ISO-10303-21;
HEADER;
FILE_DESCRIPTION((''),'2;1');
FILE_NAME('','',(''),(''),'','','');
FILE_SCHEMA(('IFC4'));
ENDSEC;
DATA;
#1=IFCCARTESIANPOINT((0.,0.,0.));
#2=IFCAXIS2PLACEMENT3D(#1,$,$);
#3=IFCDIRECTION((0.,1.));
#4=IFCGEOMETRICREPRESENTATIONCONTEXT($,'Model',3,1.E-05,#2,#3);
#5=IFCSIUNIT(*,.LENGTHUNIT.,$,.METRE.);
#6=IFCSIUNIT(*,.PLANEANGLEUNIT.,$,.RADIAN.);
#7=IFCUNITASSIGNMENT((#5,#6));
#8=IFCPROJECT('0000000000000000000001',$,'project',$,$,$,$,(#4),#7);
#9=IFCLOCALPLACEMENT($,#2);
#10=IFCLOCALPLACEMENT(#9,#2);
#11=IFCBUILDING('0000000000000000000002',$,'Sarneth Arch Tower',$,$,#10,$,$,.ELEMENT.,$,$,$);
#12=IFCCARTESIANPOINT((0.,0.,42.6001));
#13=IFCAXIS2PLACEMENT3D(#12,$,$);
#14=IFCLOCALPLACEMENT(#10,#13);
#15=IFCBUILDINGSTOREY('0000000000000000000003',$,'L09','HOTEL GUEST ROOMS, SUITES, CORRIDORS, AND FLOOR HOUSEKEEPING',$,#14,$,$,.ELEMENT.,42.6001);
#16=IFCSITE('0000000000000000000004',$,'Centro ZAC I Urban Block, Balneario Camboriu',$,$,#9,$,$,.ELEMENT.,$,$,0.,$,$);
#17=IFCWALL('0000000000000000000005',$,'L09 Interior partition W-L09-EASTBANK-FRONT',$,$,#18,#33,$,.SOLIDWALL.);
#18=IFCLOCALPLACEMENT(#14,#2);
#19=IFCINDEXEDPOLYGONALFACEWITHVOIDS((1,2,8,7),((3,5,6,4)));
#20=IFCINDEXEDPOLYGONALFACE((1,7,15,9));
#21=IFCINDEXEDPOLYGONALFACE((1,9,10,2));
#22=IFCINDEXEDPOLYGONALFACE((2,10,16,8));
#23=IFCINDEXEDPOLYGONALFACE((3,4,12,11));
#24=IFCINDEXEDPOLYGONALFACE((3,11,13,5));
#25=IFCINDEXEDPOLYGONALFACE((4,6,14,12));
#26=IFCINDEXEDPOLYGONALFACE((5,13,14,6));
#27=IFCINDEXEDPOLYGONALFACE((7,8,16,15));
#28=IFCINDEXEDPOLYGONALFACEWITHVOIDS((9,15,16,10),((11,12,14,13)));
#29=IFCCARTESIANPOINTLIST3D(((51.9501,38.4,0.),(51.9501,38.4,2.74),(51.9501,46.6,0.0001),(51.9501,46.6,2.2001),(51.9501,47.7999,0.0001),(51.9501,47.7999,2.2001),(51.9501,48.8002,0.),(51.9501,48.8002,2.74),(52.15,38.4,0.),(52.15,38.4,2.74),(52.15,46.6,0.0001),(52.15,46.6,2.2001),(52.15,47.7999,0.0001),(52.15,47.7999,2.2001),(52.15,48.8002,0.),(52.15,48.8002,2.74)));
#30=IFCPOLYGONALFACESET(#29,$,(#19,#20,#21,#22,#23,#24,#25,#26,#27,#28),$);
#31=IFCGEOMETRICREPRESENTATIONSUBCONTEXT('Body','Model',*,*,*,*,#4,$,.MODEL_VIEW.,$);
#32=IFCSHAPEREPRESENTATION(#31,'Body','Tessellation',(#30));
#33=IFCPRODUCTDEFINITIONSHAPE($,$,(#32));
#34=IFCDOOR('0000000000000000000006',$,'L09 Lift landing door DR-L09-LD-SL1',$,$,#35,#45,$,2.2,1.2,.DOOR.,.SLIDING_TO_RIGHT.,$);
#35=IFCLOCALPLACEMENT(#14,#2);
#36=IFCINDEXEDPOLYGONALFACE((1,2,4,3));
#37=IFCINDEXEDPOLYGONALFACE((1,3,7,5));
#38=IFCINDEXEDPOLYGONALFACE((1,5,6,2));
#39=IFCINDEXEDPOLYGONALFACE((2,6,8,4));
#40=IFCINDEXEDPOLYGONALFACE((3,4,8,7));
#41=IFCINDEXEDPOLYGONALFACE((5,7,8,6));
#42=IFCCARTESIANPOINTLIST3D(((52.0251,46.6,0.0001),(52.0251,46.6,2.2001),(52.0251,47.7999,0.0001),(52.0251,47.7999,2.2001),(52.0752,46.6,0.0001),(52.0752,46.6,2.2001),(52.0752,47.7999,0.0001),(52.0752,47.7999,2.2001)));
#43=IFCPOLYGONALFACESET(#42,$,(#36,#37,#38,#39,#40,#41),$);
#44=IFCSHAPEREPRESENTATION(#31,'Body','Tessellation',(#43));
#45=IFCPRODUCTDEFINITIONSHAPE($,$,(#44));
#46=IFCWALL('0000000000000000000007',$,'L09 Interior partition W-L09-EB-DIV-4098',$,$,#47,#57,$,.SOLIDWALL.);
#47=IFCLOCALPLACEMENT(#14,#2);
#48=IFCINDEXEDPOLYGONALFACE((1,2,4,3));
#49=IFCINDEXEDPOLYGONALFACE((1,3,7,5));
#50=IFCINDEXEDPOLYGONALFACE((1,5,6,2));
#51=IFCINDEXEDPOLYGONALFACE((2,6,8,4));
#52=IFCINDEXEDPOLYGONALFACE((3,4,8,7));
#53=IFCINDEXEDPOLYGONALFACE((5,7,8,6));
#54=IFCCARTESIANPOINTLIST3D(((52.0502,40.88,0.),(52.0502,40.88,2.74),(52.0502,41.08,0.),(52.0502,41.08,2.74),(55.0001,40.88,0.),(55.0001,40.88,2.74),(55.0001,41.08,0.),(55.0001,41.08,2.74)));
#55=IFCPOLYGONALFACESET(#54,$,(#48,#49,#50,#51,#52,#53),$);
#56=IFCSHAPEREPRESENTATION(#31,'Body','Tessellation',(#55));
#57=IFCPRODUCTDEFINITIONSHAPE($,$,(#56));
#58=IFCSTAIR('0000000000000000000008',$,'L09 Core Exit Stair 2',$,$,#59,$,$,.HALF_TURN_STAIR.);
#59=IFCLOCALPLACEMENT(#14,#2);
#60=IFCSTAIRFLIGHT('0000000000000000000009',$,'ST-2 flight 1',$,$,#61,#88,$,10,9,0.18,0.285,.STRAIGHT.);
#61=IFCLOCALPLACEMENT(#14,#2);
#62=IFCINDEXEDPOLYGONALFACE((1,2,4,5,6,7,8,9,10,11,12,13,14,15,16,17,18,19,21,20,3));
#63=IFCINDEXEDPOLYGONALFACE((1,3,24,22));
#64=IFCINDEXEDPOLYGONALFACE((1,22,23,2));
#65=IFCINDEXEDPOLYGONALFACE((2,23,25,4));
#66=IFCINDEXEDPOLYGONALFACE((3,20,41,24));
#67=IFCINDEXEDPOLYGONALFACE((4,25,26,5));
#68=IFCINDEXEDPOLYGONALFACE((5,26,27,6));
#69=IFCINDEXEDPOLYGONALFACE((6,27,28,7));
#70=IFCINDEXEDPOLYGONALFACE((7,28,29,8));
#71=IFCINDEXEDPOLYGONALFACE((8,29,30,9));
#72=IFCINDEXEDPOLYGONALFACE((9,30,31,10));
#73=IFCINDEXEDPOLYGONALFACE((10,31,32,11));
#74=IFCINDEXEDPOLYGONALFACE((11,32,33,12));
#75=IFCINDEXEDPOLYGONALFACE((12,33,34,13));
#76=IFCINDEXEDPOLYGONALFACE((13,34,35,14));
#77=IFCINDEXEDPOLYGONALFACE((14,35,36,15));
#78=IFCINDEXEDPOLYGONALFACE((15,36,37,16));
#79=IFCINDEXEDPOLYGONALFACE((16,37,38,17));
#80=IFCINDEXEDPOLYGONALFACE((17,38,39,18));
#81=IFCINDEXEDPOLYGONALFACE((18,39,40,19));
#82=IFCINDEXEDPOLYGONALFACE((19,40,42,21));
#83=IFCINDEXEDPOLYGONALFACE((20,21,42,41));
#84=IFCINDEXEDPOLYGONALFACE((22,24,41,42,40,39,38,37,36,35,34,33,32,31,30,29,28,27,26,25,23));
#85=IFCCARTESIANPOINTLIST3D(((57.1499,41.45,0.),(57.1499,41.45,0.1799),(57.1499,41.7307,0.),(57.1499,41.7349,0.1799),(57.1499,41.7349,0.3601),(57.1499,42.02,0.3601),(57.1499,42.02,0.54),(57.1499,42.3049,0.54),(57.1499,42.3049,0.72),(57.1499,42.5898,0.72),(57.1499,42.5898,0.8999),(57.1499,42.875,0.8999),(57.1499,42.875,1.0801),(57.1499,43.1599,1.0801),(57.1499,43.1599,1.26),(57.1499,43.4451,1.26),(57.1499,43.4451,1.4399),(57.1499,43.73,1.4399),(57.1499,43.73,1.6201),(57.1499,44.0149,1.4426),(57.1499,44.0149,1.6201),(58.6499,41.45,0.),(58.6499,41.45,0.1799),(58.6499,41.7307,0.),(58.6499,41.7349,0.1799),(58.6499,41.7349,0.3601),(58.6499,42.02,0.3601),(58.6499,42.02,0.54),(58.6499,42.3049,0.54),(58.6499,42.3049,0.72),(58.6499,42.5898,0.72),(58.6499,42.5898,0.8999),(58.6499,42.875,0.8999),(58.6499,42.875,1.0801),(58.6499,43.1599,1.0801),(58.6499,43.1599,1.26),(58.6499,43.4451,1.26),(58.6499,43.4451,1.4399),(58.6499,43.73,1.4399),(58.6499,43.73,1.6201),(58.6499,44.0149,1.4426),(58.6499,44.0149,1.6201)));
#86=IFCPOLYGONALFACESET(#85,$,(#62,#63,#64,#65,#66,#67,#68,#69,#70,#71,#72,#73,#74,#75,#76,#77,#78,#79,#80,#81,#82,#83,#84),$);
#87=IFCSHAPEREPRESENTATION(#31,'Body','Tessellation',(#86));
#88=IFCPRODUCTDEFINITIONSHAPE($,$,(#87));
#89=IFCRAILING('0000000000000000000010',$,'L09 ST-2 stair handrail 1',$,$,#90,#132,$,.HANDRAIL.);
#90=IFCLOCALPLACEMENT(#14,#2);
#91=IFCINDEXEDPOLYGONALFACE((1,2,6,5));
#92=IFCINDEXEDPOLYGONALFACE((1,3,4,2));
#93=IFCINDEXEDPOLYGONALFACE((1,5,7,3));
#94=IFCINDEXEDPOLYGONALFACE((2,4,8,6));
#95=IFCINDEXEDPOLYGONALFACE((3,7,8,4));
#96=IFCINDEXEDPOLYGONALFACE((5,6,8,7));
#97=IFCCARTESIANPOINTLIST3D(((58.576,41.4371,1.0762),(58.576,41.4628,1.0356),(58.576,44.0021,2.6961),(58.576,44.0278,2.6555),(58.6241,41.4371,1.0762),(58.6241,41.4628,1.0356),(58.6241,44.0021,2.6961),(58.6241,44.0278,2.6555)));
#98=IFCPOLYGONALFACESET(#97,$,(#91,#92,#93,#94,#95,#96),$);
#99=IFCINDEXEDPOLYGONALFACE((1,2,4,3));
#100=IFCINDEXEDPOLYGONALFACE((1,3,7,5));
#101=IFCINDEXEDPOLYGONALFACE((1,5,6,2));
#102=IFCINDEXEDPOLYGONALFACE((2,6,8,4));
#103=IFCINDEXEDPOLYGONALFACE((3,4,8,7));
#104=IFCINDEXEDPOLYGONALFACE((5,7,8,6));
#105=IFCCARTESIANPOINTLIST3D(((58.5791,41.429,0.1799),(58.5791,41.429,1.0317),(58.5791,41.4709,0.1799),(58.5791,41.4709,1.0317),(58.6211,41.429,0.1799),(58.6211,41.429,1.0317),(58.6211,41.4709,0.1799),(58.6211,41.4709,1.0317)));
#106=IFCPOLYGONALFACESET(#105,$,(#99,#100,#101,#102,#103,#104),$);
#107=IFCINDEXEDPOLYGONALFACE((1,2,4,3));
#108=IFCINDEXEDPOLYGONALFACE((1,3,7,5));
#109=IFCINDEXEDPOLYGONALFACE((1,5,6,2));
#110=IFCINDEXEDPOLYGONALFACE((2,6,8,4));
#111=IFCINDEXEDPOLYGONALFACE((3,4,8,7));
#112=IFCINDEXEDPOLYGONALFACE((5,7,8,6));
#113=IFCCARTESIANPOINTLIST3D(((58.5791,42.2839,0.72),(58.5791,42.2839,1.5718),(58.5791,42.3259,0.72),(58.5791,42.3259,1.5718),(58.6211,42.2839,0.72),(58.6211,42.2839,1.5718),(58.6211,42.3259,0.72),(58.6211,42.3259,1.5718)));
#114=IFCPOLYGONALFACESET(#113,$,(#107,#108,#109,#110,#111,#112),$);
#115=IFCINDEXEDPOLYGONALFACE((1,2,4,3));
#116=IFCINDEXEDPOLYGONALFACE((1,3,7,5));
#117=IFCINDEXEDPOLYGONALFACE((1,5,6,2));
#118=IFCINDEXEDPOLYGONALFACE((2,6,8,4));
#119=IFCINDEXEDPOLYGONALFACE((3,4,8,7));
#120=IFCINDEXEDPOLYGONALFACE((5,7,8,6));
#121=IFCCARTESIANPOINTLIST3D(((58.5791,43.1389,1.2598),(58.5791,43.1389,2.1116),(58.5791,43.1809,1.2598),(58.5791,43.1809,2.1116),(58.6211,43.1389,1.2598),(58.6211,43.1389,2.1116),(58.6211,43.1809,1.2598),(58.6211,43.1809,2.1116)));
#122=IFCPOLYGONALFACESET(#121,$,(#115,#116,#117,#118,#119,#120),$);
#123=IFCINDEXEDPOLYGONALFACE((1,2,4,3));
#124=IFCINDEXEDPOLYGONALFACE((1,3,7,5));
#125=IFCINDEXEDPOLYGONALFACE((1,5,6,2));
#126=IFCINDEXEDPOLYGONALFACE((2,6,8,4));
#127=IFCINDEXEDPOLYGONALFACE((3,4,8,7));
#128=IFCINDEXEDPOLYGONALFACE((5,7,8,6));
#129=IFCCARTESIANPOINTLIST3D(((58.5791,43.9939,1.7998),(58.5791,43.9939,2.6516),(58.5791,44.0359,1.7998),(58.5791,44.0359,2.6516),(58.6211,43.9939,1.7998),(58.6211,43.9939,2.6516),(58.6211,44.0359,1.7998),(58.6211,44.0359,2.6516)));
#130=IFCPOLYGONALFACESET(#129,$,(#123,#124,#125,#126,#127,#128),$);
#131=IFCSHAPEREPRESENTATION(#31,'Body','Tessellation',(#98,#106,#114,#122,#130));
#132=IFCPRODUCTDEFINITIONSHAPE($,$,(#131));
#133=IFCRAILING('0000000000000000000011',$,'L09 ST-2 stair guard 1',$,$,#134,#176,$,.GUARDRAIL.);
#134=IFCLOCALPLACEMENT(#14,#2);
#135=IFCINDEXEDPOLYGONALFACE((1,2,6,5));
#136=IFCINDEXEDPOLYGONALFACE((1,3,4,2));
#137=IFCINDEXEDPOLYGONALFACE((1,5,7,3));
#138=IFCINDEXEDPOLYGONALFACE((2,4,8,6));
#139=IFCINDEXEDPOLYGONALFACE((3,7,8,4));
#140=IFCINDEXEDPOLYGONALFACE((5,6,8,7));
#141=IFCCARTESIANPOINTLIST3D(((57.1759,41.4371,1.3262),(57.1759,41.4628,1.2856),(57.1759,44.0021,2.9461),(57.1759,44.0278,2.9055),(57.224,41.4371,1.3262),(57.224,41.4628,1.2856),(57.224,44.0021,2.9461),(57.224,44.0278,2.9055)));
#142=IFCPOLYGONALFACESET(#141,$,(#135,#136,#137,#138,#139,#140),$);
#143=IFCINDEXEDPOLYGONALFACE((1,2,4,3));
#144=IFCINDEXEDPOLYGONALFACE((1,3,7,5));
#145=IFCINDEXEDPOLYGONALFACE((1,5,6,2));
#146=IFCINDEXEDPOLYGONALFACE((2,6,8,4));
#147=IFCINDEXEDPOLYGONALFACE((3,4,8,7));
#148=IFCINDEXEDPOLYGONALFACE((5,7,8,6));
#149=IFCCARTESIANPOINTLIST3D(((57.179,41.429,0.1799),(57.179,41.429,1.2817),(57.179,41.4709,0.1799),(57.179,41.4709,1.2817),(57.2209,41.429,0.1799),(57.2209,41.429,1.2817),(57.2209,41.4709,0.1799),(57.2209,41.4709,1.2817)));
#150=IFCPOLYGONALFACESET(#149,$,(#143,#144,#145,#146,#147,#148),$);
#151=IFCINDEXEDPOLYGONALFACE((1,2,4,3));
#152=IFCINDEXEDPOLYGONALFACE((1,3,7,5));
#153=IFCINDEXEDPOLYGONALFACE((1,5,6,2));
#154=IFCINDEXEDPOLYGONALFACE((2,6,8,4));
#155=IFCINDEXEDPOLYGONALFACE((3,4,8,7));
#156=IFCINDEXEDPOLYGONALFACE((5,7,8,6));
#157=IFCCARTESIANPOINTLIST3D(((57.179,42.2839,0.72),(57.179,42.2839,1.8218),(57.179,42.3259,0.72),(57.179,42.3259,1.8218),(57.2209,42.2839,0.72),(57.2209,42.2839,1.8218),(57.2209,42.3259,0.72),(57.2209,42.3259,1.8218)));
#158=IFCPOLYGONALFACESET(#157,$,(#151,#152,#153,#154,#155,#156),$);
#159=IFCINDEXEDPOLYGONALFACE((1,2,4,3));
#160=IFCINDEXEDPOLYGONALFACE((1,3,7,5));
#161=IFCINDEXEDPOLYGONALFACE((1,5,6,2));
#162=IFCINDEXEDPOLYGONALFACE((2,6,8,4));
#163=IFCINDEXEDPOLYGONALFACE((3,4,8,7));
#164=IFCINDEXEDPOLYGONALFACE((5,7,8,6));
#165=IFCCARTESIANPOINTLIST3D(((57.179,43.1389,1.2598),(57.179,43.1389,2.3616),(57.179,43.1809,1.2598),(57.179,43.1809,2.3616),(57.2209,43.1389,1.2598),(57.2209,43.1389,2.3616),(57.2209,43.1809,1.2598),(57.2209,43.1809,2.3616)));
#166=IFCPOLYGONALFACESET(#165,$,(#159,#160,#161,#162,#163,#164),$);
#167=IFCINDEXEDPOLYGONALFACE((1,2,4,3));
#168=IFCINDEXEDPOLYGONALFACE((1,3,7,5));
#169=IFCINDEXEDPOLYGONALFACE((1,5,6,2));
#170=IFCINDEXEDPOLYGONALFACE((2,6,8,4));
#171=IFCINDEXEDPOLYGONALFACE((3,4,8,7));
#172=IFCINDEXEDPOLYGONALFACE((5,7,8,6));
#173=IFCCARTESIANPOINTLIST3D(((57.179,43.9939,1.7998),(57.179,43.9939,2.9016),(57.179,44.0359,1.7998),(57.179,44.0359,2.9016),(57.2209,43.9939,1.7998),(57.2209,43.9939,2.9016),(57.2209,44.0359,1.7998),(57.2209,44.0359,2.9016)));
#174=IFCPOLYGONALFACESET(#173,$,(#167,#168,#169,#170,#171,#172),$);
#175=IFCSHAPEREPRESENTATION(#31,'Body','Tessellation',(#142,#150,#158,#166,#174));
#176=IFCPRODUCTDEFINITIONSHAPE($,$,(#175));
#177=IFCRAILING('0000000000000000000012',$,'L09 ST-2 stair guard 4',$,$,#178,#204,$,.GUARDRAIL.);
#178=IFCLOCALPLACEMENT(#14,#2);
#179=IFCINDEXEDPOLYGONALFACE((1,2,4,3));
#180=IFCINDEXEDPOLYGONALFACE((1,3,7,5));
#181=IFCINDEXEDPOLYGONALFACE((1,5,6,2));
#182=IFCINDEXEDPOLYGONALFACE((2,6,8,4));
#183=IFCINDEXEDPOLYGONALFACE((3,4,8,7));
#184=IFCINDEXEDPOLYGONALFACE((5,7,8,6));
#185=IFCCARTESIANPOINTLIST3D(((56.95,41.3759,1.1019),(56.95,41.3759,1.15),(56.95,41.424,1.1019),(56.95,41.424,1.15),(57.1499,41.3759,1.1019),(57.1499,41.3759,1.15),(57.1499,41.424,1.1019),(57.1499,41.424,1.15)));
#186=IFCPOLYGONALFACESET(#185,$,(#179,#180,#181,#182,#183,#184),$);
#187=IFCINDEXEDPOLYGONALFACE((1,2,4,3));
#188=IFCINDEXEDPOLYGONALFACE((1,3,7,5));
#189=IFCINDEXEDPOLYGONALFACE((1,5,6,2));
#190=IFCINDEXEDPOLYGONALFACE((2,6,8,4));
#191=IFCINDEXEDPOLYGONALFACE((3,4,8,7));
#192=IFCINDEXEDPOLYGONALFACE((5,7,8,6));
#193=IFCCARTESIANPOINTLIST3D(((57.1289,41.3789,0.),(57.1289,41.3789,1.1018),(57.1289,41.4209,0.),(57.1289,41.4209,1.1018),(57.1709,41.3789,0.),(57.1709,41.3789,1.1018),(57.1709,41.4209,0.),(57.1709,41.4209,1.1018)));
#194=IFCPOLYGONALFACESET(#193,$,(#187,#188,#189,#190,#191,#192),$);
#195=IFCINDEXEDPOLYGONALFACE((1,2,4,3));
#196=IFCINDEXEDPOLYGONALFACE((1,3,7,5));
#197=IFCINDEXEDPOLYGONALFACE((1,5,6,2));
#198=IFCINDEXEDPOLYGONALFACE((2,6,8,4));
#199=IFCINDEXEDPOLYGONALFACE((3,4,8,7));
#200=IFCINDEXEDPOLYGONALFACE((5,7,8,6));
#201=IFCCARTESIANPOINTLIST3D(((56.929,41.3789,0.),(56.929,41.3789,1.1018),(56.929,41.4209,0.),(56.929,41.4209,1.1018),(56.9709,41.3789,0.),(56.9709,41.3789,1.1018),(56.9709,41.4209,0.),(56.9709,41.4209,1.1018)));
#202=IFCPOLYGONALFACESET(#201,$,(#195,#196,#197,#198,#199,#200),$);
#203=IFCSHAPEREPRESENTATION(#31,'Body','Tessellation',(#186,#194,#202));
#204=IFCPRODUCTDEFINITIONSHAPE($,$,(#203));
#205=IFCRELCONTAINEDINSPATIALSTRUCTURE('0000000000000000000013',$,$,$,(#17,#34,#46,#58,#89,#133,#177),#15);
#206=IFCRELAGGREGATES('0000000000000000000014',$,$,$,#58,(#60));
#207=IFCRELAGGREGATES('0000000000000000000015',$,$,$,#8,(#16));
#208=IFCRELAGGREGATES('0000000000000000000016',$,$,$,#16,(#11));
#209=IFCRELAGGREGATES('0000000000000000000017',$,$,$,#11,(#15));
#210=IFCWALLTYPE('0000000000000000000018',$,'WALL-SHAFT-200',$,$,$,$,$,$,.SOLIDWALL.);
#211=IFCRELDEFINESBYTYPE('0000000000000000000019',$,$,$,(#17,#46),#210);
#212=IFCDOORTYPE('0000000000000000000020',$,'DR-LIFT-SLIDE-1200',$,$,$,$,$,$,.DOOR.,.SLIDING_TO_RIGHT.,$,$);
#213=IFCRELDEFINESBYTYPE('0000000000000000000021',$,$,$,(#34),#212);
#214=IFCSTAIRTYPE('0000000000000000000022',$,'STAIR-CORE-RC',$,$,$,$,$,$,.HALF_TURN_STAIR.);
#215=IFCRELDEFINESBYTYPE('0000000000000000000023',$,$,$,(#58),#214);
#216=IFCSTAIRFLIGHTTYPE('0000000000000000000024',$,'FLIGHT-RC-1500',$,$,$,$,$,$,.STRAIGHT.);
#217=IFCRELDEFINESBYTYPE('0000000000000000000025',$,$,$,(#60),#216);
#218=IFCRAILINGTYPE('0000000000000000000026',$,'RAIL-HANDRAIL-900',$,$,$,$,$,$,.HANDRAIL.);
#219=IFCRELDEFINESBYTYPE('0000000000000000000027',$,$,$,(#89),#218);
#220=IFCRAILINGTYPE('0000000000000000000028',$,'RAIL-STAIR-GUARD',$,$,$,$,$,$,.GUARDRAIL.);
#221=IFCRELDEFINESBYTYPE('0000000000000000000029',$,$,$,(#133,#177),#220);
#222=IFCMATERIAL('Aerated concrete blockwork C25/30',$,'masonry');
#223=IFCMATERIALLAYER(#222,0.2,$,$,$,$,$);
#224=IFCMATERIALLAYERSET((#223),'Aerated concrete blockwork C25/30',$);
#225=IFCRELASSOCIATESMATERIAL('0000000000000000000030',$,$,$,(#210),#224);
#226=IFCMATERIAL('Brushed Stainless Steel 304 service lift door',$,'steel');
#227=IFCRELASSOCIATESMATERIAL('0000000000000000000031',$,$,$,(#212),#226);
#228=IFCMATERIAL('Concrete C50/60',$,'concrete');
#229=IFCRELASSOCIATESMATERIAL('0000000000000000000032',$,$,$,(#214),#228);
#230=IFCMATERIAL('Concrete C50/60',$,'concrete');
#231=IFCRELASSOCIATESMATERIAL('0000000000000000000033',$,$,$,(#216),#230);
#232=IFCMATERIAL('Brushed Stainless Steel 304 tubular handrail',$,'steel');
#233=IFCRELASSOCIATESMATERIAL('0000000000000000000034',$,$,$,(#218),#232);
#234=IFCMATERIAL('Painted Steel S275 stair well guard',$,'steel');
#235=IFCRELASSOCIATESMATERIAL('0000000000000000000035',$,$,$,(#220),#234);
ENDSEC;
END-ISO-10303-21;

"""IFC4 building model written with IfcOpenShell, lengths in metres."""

from ifc_helpers import new_model, si_unit, direction, frame, frame_2d, origin, origin_2d, place, context, subcontext, project, spatial, polyline, rectangle, outline, extrude, material, layer, layer_set, type_object, element, fill, aggregate, save


model = new_model("IFC4")

# Units and contexts
model_context = context("Model", 3, precision=1e-05, world=origin(), true_north=direction((0.0, 1.0)))
body_context = subcontext(model_context, "Body", "Model", "MODEL_VIEW")
ifc_project = project(units=[si_unit("LENGTHUNIT", "METRE"), si_unit("PLANEANGLEUNIT", "RADIAN")], contexts=[model_context])

# Site, building, storey
site_placement = place(None, origin())
site = spatial("IfcSite", under=ifc_project, at=site_placement, Name="Centro ZAC I Urban Block, Balneario Camboriu", CompositionType="ELEMENT", RefElevation=0.0)
building_placement = place(site_placement, origin())
building = spatial("IfcBuilding", under=site, at=building_placement, Name="Sarneth Arch Tower", CompositionType="ELEMENT")
storey_placement = place(building_placement, frame((0.0, 0.0, 42.6001)))
storey = spatial("IfcBuildingStorey", under=building, at=storey_placement, Name="L09", Description="HOTEL GUEST ROOMS, SUITES, CORRIDORS, AND FLOOR HOUSEKEEPING", CompositionType="ELEMENT", Elevation=42.6001)

# Shared definitions
ifc_material_1 = material(Name="Aerated concrete blockwork C25/30", Category="masonry")
ifc_layer_1 = layer(ifc_material_1, 0.2)
ifc_layer_set_1 = layer_set([ifc_layer_1], Name="Aerated concrete blockwork C25/30")
wall_type_1 = type_object("IfcWallType", Name="WALL-SHAFT-200", PredefinedType="SOLIDWALL", material=ifc_layer_set_1)

# Wall, opening, door
wall_1_placement = place(storey_placement, frame((52.05, 38.3999, 0.0), z_axis=(0.0, 0.0, 1.0), x_axis=(0.0, 1.0, 0.0)))
wall_1 = element("IfcWall", 1, at=wall_1_placement, inside=storey, type_object=wall_type_1, Name="L09 Interior partition W-L09-EASTBANK-FRONT", PredefinedType="SOLIDWALL", context=body_context, shape_type="SweptSolid", body=[
    extrude(rectangle(XDim=10.4001, YDim=0.2, at=frame_2d((5.2002, 0.0))), origin(), (0.0, 0.0, 1.0), 2.74),
])
opening_1_placement = place(wall_1_placement, frame((8.2, 0.0, 0.0)))
opening_1 = element("IfcOpeningElement", 2, at=opening_1_placement, cuts=wall_1, PredefinedType="OPENING", context=body_context, shape_type="SweptSolid", body=[
    extrude(rectangle(XDim=1.2, YDim=2.2, at=frame_2d((0.6001, 1.1001))), frame((0.0, 0.1099, 0.0), z_axis=(0.0, -1.0, 0.0), x_axis=(1.0, 0.0, 0.0)), (0.0, 0.0, 1.0), 0.22),
])
ifc_material_2 = material(Name="Brushed Stainless Steel 304 service lift door", Category="steel")
door_type_1 = type_object("IfcDoorType", Name="DR-LIFT-SLIDE-1200", OperationType="SLIDING_TO_RIGHT", PredefinedType="DOOR", material=ifc_material_2)
door_1_placement = place(opening_1_placement, origin())
door_1 = element("IfcDoor", 3, at=door_1_placement, inside=storey, type_object=door_type_1, Name="L09 Lift landing door DR-L09-LD-SL1", OperationType="SLIDING_TO_RIGHT", OverallHeight=2.2, OverallWidth=1.2, PredefinedType="DOOR", context=body_context, shape_type="SweptSolid", body=[
    extrude(rectangle(XDim=1.2, YDim=2.2, at=frame_2d((0.6001, 1.1001))), frame((0.0, 0.0249, 0.0), z_axis=(0.0, -1.0, 0.0), x_axis=(1.0, 0.0, 0.0)), (0.0, 0.0, 1.0), 0.05),
])
fill(opening_1, door_1)

# Wall
wall_2_placement = place(storey_placement, frame((52.05, 40.98, 0.0), z_axis=(0.0, 0.0, 1.0), x_axis=(1.0, 0.0, 0.0)))
element("IfcWall", 4, at=wall_2_placement, inside=storey, type_object=wall_type_1, Name="L09 Interior partition W-L09-EB-DIV-4098", PredefinedType="SOLIDWALL", context=body_context, shape_type="SweptSolid", body=[
    extrude(rectangle(XDim=2.95, YDim=0.2, at=frame_2d((1.4751, 0.0))), origin(), (0.0, 0.0, 1.0), 2.74),
])

# Stair, stair flight
ifc_material_3 = material(Name="Concrete C50/60", Category="concrete")
stair_type = type_object("IfcStairType", Name="STAIR-CORE-RC", PredefinedType="HALF_TURN_STAIR", material=ifc_material_3)
stair_placement = place(storey_placement, origin())
stair = element("IfcStair", 5, at=stair_placement, inside=storey, type_object=stair_type, Name="L09 Core Exit Stair 2", PredefinedType="HALF_TURN_STAIR")
ifc_material_4 = material(Name="Concrete C50/60", Category="concrete")
stair_flight_type = type_object("IfcStairFlightType", Name="FLIGHT-RC-1500", PredefinedType="STRAIGHT", material=ifc_material_4)
stair_flight_placement = place(storey_placement, frame((57.8999, 41.45, 0.0), z_axis=(0.0, 0.0, 1.0), x_axis=(0.0, 1.0, 0.0)))
stair_flight = element("IfcStairFlight", 6, at=stair_flight_placement, type_object=stair_flight_type, Name="ST-2 flight 1", NumberOfRisers=10, NumberOfTreads=9, PredefinedType="STRAIGHT", RiserHeight=0.18, TreadLength=0.285, context=body_context, shape_type="SweptSolid", body=[
    extrude(outline(polyline([(0.0, 0.0), (0.0, 0.1799), (0.2849, 0.1799), (0.2849, 0.3601), (0.5701, 0.3601), (0.5701, 0.54), (0.855, 0.54), (0.855, 0.72), (1.1399, 0.72), (1.1399, 0.8999), (1.425, 0.8999), (1.425, 1.0801), (1.71, 1.0801), (1.71, 1.26), (1.9951, 1.26), (1.9951, 1.4399), (2.28, 1.4399), (2.28, 1.6201), (2.5649, 1.6201), (2.5649, 1.8), (2.5649, 1.4426), (0.2808, 0.0), (0.0, 0.0)])), frame((0.0, 0.75, 0.0), z_axis=(0.0, -1.0, 0.0), x_axis=(1.0, 0.0, 0.0)), (0.0, 0.0, 1.0), 1.5),
])
aggregate(stair, [stair_flight])

# Railings
ifc_material_5 = material(Name="Brushed Stainless Steel 304 tubular handrail", Category="steel")
railing_type_1 = type_object("IfcRailingType", Name="RAIL-HANDRAIL-900", PredefinedType="HANDRAIL", material=ifc_material_5)
railing_1_placement = place(storey_placement, frame((58.6001, 41.45, 0.1799)))
element("IfcRailing", 7, at=railing_1_placement, inside=storey, type_object=railing_type_1, Name="L09 ST-2 stair handrail 1", PredefinedType="HANDRAIL", context=body_context, shape_type="SweptSolid", body=[
    extrude(rectangle(XDim=0.0481, YDim=0.0481, at=origin_2d()), frame((0.0, 0.0, 0.876), z_axis=(0.0, 0.845502, 0.533972), x_axis=(-1.0, 0.0, 0.0)), (0.0, 0.0, 1.0), 3.0337),
    extrude(rectangle(XDim=0.042, YDim=0.042, at=origin_2d()), origin(), (0.0, 0.0, 1.0), 0.8518),
    extrude(rectangle(XDim=0.042, YDim=0.042, at=origin_2d()), frame((0.0, 0.855, 0.54)), (0.0, 0.0, 1.0), 0.8518),
    extrude(rectangle(XDim=0.042, YDim=0.042, at=origin_2d()), frame((0.0, 1.71, 1.0798)), (0.0, 0.0, 1.0), 0.8518),
    extrude(rectangle(XDim=0.042, YDim=0.042, at=origin_2d()), frame((0.0, 2.5649, 1.6199)), (0.0, 0.0, 1.0), 0.8518),
])
ifc_material_6 = material(Name="Painted Steel S275 stair well guard", Category="steel")
railing_type_2 = type_object("IfcRailingType", Name="RAIL-STAIR-GUARD", PredefinedType="GUARDRAIL", material=ifc_material_6)
railing_2_placement = place(storey_placement, frame((57.2, 41.45, 0.1799)))
element("IfcRailing", 8, at=railing_2_placement, inside=storey, type_object=railing_type_2, Name="L09 ST-2 stair guard 1", PredefinedType="GUARDRAIL", context=body_context, shape_type="SweptSolid", body=[
    extrude(rectangle(XDim=0.0481, YDim=0.0481, at=origin_2d()), frame((0.0, 0.0, 1.126), z_axis=(0.0, 0.845502, 0.533972), x_axis=(-1.0, 0.0, 0.0)), (0.0, 0.0, 1.0), 3.0337),
    extrude(rectangle(XDim=0.042, YDim=0.042, at=origin_2d()), origin(), (0.0, 0.0, 1.0), 1.1018),
    extrude(rectangle(XDim=0.042, YDim=0.042, at=origin_2d()), frame((0.0, 0.855, 0.54)), (0.0, 0.0, 1.0), 1.1018),
    extrude(rectangle(XDim=0.042, YDim=0.042, at=origin_2d()), frame((0.0, 1.71, 1.0798)), (0.0, 0.0, 1.0), 1.1018),
    extrude(rectangle(XDim=0.042, YDim=0.042, at=origin_2d()), frame((0.0, 2.5649, 1.6199)), (0.0, 0.0, 1.0), 1.1018),
])
railing_3_placement = place(storey_placement, frame((57.1499, 41.3999, 0.0)))
element("IfcRailing", 9, at=railing_3_placement, inside=storey, type_object=railing_type_2, Name="L09 ST-2 stair guard 4", PredefinedType="GUARDRAIL", context=body_context, shape_type="SweptSolid", body=[
    extrude(rectangle(XDim=0.0481, YDim=0.0481, at=origin_2d()), frame((0.0, 0.0, 1.126), z_axis=(-1.0, 0.0, 0.0), x_axis=(0.0, -1.0, 0.0)), (0.0, 0.0, 1.0), 0.2),
    extrude(rectangle(XDim=0.042, YDim=0.042, at=origin_2d()), origin(), (0.0, 0.0, 1.0), 1.1018),
    extrude(rectangle(XDim=0.042, YDim=0.042, at=origin_2d()), frame((-0.2, 0.0, 0.0)), (0.0, 0.0, 1.0), 1.1018),
])

save(model, "model.ifc")
